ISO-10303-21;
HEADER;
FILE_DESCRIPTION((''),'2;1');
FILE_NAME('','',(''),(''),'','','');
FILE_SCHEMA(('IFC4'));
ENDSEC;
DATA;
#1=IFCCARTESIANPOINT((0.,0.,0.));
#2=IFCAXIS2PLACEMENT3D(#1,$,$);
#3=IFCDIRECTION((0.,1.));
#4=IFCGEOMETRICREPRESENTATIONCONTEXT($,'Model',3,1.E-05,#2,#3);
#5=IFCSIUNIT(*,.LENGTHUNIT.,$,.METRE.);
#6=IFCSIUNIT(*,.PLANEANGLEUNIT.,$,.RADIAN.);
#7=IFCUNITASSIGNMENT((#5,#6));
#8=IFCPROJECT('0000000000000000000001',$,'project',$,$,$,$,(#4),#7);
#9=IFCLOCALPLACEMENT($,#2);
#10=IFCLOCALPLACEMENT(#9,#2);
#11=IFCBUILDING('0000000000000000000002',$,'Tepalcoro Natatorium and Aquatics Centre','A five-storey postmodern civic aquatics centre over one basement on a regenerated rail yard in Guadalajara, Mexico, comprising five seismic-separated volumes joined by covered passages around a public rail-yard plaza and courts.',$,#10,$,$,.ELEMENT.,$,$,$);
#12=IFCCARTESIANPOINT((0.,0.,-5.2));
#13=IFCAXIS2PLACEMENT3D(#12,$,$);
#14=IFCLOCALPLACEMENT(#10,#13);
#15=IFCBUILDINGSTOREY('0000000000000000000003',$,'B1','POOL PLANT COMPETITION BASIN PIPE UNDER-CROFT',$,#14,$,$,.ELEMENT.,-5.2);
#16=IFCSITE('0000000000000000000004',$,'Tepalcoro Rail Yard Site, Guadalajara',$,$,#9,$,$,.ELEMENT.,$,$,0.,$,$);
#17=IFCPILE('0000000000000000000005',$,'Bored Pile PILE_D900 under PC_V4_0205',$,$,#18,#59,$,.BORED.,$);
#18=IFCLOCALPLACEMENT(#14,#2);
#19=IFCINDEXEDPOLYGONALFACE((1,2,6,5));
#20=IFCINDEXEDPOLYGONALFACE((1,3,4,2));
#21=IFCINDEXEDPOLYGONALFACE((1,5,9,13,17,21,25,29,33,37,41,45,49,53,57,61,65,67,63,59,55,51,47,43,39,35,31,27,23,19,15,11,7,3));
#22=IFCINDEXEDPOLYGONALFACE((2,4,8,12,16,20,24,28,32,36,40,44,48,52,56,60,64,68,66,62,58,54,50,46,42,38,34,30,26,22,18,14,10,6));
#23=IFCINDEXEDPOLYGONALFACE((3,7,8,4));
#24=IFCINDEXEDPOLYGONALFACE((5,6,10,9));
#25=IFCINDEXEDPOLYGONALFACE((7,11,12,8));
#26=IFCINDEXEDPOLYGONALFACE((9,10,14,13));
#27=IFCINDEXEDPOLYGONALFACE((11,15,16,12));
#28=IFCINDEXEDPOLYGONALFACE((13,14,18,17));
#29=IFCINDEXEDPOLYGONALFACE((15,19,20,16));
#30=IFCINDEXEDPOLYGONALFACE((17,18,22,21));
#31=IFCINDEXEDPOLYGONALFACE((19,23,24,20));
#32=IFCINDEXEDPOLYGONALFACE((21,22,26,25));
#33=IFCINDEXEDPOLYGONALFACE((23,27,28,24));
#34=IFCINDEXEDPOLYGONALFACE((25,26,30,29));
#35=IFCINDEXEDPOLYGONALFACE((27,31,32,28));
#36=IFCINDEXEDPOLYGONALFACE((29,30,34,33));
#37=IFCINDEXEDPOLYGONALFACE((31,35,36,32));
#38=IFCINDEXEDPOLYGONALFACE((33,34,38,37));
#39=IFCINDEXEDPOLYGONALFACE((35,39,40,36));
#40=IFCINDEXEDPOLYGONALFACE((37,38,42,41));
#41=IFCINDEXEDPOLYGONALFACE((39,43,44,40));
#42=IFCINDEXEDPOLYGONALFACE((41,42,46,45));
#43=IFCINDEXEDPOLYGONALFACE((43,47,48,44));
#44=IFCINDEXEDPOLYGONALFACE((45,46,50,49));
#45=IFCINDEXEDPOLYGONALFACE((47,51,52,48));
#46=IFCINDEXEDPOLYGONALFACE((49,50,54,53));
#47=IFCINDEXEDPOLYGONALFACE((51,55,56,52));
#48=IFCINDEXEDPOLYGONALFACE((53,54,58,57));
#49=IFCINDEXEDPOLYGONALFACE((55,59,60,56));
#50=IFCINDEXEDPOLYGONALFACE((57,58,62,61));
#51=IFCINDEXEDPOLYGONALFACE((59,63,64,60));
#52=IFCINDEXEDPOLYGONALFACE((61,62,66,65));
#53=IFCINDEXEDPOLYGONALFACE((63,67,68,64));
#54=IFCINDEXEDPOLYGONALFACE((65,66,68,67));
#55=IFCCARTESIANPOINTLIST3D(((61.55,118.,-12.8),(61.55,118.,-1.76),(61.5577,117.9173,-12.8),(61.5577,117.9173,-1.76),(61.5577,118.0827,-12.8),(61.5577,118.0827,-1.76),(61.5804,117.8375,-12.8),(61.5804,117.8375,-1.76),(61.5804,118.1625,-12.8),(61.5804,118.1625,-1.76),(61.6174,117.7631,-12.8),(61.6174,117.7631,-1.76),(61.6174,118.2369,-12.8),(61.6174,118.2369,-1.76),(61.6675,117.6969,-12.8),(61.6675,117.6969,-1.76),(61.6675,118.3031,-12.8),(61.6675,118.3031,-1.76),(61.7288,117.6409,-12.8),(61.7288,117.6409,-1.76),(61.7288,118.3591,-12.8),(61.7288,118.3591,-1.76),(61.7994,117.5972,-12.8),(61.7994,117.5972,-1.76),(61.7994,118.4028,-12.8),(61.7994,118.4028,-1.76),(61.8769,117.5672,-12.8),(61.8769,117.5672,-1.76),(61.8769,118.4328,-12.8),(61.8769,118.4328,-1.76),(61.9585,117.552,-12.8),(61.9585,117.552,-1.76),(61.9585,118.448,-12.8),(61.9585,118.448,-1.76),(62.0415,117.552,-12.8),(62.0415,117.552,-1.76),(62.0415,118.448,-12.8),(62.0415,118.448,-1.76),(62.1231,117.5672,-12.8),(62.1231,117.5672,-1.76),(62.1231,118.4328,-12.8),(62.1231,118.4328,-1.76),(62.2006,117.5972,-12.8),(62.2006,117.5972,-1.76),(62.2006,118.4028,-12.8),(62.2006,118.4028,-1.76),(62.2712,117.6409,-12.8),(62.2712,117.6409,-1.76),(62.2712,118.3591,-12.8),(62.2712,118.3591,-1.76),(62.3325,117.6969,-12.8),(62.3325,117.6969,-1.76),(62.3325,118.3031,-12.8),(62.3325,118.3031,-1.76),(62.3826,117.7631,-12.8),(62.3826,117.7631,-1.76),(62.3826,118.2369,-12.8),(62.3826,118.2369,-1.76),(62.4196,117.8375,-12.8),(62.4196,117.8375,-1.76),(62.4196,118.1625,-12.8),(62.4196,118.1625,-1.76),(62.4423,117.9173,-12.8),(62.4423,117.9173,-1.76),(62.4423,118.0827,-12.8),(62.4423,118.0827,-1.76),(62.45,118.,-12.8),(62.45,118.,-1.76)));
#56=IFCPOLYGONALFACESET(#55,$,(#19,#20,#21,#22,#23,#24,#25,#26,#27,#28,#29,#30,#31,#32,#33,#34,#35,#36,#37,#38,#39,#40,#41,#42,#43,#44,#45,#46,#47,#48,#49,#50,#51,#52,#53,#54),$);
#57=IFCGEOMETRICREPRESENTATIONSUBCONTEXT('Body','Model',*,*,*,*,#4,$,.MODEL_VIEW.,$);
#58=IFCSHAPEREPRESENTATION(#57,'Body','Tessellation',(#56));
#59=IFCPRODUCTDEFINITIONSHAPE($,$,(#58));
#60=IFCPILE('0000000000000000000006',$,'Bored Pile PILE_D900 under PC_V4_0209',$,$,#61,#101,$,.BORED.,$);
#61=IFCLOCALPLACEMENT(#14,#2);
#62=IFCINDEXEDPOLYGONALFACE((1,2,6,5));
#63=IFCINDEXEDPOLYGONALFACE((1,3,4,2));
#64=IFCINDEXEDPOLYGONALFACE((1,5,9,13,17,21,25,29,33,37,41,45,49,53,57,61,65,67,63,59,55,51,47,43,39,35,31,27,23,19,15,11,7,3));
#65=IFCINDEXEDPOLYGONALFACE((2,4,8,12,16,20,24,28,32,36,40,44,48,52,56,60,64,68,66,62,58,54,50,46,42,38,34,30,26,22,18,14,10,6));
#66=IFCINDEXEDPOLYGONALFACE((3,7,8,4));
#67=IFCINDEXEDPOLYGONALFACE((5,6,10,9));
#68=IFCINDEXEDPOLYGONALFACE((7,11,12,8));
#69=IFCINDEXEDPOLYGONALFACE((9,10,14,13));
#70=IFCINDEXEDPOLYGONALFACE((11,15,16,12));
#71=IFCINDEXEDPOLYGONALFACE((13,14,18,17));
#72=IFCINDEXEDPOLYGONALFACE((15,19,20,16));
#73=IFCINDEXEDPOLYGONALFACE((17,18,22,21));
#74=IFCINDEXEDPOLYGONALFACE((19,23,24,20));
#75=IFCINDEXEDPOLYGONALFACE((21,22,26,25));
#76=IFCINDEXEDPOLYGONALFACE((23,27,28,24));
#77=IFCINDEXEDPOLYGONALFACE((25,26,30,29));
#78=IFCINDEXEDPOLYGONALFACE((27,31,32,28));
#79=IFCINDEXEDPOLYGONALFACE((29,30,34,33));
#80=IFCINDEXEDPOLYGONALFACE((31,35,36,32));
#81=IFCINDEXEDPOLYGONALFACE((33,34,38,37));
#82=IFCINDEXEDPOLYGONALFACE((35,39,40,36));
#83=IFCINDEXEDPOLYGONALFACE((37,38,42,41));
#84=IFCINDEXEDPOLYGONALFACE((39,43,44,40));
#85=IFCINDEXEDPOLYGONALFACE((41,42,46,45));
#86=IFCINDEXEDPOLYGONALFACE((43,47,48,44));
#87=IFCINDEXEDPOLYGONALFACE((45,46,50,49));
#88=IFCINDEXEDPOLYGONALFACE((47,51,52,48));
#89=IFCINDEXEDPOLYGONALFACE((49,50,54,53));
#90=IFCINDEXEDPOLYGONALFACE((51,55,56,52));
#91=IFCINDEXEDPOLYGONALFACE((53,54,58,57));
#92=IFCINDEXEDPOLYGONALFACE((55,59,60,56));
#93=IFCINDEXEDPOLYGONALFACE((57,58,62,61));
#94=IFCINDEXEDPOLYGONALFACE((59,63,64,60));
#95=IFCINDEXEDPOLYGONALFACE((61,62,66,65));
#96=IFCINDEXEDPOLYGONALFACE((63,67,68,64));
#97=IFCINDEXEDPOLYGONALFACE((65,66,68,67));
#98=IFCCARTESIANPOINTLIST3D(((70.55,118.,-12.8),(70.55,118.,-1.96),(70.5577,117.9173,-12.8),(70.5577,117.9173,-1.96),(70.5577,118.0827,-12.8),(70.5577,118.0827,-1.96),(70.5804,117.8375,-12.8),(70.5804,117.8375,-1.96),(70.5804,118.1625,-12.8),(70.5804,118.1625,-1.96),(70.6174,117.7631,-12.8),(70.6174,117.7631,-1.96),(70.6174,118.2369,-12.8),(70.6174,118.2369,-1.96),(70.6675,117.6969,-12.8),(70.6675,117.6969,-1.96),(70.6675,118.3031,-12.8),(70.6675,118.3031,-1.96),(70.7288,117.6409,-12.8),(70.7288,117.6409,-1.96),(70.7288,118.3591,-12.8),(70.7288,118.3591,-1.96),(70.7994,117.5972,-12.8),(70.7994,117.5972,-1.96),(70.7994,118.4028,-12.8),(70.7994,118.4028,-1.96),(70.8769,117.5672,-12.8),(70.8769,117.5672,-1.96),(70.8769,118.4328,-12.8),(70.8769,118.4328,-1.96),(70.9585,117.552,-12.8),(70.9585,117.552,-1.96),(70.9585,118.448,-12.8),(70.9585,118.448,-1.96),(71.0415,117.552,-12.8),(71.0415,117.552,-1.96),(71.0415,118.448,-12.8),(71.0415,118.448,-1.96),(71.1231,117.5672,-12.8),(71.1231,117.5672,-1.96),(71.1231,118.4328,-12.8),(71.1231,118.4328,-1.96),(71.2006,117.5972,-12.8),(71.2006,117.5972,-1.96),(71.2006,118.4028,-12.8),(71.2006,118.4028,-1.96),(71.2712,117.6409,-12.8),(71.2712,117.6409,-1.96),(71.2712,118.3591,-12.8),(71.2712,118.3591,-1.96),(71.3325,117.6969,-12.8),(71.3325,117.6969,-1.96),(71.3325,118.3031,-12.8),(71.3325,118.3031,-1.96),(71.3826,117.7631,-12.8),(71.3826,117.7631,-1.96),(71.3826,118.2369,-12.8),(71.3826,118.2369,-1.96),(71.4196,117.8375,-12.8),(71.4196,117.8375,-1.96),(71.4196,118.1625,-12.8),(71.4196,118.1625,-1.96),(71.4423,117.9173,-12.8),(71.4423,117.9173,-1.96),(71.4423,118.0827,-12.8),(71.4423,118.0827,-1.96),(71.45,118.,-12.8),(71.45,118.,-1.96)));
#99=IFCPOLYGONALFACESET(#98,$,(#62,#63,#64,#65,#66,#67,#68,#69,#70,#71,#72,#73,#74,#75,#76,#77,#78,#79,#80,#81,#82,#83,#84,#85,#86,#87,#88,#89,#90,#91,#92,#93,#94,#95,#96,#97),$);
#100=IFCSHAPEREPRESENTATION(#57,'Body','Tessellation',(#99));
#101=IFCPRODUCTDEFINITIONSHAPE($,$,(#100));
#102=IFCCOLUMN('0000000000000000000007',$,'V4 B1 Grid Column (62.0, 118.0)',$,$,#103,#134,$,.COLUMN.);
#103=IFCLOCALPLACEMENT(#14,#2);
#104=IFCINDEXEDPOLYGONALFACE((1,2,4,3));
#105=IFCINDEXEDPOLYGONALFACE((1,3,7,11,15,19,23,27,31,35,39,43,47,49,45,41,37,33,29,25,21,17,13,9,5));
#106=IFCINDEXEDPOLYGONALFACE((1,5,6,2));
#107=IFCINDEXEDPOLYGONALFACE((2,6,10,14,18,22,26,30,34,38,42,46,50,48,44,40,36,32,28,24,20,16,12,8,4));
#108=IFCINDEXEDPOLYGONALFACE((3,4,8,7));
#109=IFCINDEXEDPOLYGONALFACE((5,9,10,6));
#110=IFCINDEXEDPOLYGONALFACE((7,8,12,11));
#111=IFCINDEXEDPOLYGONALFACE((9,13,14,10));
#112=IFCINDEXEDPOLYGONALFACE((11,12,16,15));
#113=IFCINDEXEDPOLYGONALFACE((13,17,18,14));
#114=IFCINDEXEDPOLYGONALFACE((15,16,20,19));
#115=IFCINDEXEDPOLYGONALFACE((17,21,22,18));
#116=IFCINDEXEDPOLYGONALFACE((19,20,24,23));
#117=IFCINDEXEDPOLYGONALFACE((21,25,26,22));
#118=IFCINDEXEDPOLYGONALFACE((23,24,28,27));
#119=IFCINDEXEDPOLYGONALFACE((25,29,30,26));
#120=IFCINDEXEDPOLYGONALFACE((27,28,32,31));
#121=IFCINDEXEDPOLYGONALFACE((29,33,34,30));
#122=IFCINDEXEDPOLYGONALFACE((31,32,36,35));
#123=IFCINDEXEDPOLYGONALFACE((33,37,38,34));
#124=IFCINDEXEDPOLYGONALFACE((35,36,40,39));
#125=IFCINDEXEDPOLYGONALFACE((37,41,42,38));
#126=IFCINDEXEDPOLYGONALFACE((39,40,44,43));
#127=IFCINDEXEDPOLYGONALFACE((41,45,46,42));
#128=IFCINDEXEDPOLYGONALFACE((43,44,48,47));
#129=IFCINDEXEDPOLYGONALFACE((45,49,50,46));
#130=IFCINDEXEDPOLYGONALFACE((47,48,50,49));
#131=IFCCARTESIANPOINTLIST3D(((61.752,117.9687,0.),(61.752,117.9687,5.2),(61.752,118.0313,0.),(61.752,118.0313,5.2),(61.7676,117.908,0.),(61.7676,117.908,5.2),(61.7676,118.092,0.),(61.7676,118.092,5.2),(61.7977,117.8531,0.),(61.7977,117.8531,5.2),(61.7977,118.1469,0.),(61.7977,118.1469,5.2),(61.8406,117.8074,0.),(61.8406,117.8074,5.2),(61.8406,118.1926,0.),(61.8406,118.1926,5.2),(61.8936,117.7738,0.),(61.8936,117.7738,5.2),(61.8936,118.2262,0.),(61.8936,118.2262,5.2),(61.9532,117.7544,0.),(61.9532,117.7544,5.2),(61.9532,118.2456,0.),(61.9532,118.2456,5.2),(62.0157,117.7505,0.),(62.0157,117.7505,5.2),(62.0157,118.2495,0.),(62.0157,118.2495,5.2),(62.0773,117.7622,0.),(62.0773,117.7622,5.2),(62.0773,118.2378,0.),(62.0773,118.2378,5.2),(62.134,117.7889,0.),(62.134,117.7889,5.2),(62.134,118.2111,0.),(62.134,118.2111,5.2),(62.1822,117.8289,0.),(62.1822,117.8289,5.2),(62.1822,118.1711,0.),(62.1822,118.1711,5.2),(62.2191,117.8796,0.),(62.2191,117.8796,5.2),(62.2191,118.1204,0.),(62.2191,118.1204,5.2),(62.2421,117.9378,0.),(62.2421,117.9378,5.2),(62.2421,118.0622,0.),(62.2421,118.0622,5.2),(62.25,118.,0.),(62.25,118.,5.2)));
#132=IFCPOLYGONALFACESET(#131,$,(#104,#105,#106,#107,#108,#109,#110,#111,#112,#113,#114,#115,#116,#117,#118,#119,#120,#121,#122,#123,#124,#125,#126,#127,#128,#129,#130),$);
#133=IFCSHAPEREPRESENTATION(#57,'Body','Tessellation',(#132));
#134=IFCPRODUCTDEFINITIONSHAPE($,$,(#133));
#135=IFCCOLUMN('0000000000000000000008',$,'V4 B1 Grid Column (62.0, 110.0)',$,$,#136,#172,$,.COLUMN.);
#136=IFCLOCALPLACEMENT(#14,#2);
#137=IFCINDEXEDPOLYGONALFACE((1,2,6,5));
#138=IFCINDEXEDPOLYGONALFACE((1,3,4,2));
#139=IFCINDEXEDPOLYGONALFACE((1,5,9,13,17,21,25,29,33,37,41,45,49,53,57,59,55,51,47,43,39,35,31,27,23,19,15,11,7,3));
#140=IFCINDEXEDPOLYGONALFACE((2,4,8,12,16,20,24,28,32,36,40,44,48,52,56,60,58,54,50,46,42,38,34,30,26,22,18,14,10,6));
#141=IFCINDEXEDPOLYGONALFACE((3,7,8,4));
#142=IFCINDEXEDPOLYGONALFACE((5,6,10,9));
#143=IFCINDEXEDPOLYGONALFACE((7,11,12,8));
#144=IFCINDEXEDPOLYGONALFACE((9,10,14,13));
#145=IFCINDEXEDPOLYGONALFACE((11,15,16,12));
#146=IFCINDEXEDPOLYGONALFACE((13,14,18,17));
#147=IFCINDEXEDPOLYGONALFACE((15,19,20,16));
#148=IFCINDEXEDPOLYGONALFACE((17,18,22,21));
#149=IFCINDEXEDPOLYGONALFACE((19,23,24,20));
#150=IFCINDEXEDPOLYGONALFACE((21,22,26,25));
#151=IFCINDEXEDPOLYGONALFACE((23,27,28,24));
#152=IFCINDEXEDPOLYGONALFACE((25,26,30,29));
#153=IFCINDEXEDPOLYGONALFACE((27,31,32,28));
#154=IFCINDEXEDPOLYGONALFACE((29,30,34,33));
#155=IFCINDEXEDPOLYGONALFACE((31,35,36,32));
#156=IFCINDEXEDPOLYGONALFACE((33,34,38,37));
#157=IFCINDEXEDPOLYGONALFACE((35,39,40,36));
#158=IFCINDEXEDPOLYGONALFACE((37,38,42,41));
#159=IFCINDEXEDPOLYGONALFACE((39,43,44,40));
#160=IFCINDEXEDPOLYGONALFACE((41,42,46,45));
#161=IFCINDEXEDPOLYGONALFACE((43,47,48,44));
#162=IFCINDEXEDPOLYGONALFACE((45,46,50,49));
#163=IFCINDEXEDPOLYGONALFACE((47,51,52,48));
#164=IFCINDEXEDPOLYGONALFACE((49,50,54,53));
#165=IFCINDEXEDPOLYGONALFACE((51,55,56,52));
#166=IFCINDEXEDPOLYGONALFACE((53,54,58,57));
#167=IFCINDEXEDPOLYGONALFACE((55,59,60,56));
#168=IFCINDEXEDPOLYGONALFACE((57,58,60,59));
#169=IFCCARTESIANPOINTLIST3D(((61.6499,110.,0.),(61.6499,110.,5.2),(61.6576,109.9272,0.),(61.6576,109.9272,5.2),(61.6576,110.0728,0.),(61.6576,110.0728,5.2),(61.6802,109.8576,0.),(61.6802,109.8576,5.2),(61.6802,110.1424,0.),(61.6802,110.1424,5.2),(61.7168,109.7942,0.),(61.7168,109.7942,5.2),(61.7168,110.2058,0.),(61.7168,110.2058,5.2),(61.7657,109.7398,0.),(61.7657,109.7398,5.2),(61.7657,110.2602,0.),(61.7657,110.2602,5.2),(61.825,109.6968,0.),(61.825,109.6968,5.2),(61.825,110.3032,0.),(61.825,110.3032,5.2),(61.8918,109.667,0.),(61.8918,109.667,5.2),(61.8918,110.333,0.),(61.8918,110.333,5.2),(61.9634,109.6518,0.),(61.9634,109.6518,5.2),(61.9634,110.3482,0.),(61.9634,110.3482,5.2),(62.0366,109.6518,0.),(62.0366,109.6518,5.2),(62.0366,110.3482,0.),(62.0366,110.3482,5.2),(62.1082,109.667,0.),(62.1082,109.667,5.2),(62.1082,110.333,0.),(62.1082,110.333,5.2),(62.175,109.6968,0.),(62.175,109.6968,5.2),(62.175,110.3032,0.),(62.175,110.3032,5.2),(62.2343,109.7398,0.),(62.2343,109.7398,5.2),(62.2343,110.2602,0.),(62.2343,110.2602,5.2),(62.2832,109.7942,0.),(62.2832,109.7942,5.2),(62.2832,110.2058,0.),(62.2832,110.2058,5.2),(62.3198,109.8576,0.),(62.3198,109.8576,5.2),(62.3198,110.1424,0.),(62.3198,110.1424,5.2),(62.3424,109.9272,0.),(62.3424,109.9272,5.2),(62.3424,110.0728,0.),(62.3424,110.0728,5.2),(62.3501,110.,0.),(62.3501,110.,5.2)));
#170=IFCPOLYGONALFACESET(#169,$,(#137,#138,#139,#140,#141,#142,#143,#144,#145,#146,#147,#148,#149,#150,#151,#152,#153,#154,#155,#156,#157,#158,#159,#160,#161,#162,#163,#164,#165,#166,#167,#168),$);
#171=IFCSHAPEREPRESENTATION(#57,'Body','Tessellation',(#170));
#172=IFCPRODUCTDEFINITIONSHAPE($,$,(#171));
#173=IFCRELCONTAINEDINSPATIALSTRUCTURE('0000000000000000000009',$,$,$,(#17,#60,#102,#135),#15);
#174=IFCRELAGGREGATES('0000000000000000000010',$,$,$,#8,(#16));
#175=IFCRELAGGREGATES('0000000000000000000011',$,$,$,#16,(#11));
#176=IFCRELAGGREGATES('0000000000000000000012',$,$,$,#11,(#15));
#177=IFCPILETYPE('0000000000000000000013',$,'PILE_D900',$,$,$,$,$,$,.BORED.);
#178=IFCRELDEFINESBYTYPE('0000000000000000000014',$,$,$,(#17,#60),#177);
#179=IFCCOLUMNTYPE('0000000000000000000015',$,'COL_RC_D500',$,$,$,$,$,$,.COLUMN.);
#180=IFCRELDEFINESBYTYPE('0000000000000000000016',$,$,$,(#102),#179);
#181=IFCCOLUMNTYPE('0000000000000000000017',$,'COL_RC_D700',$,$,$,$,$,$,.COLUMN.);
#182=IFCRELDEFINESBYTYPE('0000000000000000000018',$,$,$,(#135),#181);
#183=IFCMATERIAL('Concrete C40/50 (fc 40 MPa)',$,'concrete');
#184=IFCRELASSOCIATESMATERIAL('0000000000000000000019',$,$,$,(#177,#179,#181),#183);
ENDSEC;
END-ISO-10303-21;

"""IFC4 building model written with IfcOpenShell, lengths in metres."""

from ifc_helpers import new_model, si_unit, direction, frame, origin, origin_2d, place, context, subcontext, project, spatial, circle, extrude, material, material_profile, profile_set, type_object, element, save


model = new_model("IFC4")

# Units and contexts
model_context = context("Model", 3, precision=1e-05, world=origin(), true_north=direction((0.0, 1.0)))
body_context = subcontext(model_context, "Body", "Model", "MODEL_VIEW")
ifc_project = project(units=[si_unit("LENGTHUNIT", "METRE"), si_unit("PLANEANGLEUNIT", "RADIAN")], contexts=[model_context])

# Site, building, storey
site_placement = place(None, origin())
site = spatial("IfcSite", under=ifc_project, at=site_placement, Name="Tepalcoro Rail Yard Site, Guadalajara", CompositionType="ELEMENT", RefElevation=0.0)
building_placement = place(site_placement, origin())
building = spatial("IfcBuilding", under=site, at=building_placement, Name="Tepalcoro Natatorium and Aquatics Centre", Description="A five-storey postmodern civic aquatics centre over one basement on a regenerated rail yard in Guadalajara, Mexico, comprising five seismic-separated volumes joined by covered passages around a public rail-yard plaza and courts.", CompositionType="ELEMENT")
storey_placement = place(building_placement, frame((0.0, 0.0, -5.2)))
storey = spatial("IfcBuildingStorey", under=building, at=storey_placement, Name="B1", Description="POOL PLANT COMPETITION BASIN PIPE UNDER-CROFT", CompositionType="ELEMENT", Elevation=-5.2)

# Piles
ifc_material_1 = material(Name="Concrete C40/50 (fc 40 MPa)", Category="concrete")
ifc_material_profile_1 = material_profile(ifc_material_1, circle(Radius=0.45, at=origin_2d()), Name="PILE_D900")
ifc_profile_set_1 = profile_set([ifc_material_profile_1], Name="Concrete C40/50 (fc 40 MPa)")
pile_type_1 = type_object("IfcPileType", Name="PILE_D900", PredefinedType="BORED", material=ifc_profile_set_1)
pile_1_placement = place(storey_placement, frame((62.0, 118.0, -1.76), z_axis=(0.0, 0.0, -1.0), x_axis=(1.0, 0.0, 0.0)))
element("IfcPile", 1, at=pile_1_placement, inside=storey, type_object=pile_type_1, Name="Bored Pile PILE_D900 under PC_V4_0205", PredefinedType="BORED", context=body_context, shape_type="SweptSolid", body=[
    extrude(circle(Radius=0.45, at=origin_2d()), origin(), (0.0, 0.0, 1.0), 11.04),
])
pile_2_placement = place(storey_placement, frame((71.0, 118.0, -1.96), z_axis=(0.0, 0.0, -1.0), x_axis=(1.0, 0.0, 0.0)))
element("IfcPile", 2, at=pile_2_placement, inside=storey, type_object=pile_type_1, Name="Bored Pile PILE_D900 under PC_V4_0209", PredefinedType="BORED", context=body_context, shape_type="SweptSolid", body=[
    extrude(circle(Radius=0.45, at=origin_2d()), origin(), (0.0, 0.0, 1.0), 10.8401),
])

# Columns
ifc_material_profile_2 = material_profile(ifc_material_1, circle(Radius=0.25, at=origin_2d()), Name="RCD500")
ifc_profile_set_2 = profile_set([ifc_material_profile_2], Name="Concrete C40/50 (fc 40 MPa)")
column_type_1 = type_object("IfcColumnType", Name="COL_RC_D500", PredefinedType="COLUMN", material=ifc_profile_set_2)
column_1_placement = place(storey_placement, frame((62.0, 118.0, 0.0), z_axis=(0.0, 0.0, 1.0), x_axis=(1.0, 0.0, 0.0)))
element("IfcColumn", 3, at=column_1_placement, inside=storey, type_object=column_type_1, Name="V4 B1 Grid Column (62.0, 118.0)", PredefinedType="COLUMN", context=body_context, shape_type="SweptSolid", body=[
    extrude(circle(Radius=0.25, at=origin_2d()), origin(), (0.0, 0.0, 1.0), 5.2),
])
ifc_material_profile_3 = material_profile(ifc_material_1, circle(Radius=0.3501, at=origin_2d()), Name="RCD700")
ifc_profile_set_3 = profile_set([ifc_material_profile_3], Name="Concrete C40/50 (fc 40 MPa)")
column_type_2 = type_object("IfcColumnType", Name="COL_RC_D700", PredefinedType="COLUMN", material=ifc_profile_set_3)
for number, where, z_axis, x_axis, name in (
    (4, (62.0, 110.0, 0.0), (0.0, 0.0, 1.0), (1.0, 0.0, 0.0), "V4 B1 Grid Column (62.0, 110.0)"),
):
    element("IfcColumn", number, at=place(storey_placement, frame(where, z_axis=z_axis, x_axis=x_axis)), inside=storey, type_object=column_type_2, Name=name, PredefinedType="COLUMN", context=body_context, shape_type="SweptSolid", body=[
        extrude(circle(Radius=0.3501, at=origin_2d()), origin(), (0.0, 0.0, 1.0), 5.2),
    ])

save(model, "model.ifc")
